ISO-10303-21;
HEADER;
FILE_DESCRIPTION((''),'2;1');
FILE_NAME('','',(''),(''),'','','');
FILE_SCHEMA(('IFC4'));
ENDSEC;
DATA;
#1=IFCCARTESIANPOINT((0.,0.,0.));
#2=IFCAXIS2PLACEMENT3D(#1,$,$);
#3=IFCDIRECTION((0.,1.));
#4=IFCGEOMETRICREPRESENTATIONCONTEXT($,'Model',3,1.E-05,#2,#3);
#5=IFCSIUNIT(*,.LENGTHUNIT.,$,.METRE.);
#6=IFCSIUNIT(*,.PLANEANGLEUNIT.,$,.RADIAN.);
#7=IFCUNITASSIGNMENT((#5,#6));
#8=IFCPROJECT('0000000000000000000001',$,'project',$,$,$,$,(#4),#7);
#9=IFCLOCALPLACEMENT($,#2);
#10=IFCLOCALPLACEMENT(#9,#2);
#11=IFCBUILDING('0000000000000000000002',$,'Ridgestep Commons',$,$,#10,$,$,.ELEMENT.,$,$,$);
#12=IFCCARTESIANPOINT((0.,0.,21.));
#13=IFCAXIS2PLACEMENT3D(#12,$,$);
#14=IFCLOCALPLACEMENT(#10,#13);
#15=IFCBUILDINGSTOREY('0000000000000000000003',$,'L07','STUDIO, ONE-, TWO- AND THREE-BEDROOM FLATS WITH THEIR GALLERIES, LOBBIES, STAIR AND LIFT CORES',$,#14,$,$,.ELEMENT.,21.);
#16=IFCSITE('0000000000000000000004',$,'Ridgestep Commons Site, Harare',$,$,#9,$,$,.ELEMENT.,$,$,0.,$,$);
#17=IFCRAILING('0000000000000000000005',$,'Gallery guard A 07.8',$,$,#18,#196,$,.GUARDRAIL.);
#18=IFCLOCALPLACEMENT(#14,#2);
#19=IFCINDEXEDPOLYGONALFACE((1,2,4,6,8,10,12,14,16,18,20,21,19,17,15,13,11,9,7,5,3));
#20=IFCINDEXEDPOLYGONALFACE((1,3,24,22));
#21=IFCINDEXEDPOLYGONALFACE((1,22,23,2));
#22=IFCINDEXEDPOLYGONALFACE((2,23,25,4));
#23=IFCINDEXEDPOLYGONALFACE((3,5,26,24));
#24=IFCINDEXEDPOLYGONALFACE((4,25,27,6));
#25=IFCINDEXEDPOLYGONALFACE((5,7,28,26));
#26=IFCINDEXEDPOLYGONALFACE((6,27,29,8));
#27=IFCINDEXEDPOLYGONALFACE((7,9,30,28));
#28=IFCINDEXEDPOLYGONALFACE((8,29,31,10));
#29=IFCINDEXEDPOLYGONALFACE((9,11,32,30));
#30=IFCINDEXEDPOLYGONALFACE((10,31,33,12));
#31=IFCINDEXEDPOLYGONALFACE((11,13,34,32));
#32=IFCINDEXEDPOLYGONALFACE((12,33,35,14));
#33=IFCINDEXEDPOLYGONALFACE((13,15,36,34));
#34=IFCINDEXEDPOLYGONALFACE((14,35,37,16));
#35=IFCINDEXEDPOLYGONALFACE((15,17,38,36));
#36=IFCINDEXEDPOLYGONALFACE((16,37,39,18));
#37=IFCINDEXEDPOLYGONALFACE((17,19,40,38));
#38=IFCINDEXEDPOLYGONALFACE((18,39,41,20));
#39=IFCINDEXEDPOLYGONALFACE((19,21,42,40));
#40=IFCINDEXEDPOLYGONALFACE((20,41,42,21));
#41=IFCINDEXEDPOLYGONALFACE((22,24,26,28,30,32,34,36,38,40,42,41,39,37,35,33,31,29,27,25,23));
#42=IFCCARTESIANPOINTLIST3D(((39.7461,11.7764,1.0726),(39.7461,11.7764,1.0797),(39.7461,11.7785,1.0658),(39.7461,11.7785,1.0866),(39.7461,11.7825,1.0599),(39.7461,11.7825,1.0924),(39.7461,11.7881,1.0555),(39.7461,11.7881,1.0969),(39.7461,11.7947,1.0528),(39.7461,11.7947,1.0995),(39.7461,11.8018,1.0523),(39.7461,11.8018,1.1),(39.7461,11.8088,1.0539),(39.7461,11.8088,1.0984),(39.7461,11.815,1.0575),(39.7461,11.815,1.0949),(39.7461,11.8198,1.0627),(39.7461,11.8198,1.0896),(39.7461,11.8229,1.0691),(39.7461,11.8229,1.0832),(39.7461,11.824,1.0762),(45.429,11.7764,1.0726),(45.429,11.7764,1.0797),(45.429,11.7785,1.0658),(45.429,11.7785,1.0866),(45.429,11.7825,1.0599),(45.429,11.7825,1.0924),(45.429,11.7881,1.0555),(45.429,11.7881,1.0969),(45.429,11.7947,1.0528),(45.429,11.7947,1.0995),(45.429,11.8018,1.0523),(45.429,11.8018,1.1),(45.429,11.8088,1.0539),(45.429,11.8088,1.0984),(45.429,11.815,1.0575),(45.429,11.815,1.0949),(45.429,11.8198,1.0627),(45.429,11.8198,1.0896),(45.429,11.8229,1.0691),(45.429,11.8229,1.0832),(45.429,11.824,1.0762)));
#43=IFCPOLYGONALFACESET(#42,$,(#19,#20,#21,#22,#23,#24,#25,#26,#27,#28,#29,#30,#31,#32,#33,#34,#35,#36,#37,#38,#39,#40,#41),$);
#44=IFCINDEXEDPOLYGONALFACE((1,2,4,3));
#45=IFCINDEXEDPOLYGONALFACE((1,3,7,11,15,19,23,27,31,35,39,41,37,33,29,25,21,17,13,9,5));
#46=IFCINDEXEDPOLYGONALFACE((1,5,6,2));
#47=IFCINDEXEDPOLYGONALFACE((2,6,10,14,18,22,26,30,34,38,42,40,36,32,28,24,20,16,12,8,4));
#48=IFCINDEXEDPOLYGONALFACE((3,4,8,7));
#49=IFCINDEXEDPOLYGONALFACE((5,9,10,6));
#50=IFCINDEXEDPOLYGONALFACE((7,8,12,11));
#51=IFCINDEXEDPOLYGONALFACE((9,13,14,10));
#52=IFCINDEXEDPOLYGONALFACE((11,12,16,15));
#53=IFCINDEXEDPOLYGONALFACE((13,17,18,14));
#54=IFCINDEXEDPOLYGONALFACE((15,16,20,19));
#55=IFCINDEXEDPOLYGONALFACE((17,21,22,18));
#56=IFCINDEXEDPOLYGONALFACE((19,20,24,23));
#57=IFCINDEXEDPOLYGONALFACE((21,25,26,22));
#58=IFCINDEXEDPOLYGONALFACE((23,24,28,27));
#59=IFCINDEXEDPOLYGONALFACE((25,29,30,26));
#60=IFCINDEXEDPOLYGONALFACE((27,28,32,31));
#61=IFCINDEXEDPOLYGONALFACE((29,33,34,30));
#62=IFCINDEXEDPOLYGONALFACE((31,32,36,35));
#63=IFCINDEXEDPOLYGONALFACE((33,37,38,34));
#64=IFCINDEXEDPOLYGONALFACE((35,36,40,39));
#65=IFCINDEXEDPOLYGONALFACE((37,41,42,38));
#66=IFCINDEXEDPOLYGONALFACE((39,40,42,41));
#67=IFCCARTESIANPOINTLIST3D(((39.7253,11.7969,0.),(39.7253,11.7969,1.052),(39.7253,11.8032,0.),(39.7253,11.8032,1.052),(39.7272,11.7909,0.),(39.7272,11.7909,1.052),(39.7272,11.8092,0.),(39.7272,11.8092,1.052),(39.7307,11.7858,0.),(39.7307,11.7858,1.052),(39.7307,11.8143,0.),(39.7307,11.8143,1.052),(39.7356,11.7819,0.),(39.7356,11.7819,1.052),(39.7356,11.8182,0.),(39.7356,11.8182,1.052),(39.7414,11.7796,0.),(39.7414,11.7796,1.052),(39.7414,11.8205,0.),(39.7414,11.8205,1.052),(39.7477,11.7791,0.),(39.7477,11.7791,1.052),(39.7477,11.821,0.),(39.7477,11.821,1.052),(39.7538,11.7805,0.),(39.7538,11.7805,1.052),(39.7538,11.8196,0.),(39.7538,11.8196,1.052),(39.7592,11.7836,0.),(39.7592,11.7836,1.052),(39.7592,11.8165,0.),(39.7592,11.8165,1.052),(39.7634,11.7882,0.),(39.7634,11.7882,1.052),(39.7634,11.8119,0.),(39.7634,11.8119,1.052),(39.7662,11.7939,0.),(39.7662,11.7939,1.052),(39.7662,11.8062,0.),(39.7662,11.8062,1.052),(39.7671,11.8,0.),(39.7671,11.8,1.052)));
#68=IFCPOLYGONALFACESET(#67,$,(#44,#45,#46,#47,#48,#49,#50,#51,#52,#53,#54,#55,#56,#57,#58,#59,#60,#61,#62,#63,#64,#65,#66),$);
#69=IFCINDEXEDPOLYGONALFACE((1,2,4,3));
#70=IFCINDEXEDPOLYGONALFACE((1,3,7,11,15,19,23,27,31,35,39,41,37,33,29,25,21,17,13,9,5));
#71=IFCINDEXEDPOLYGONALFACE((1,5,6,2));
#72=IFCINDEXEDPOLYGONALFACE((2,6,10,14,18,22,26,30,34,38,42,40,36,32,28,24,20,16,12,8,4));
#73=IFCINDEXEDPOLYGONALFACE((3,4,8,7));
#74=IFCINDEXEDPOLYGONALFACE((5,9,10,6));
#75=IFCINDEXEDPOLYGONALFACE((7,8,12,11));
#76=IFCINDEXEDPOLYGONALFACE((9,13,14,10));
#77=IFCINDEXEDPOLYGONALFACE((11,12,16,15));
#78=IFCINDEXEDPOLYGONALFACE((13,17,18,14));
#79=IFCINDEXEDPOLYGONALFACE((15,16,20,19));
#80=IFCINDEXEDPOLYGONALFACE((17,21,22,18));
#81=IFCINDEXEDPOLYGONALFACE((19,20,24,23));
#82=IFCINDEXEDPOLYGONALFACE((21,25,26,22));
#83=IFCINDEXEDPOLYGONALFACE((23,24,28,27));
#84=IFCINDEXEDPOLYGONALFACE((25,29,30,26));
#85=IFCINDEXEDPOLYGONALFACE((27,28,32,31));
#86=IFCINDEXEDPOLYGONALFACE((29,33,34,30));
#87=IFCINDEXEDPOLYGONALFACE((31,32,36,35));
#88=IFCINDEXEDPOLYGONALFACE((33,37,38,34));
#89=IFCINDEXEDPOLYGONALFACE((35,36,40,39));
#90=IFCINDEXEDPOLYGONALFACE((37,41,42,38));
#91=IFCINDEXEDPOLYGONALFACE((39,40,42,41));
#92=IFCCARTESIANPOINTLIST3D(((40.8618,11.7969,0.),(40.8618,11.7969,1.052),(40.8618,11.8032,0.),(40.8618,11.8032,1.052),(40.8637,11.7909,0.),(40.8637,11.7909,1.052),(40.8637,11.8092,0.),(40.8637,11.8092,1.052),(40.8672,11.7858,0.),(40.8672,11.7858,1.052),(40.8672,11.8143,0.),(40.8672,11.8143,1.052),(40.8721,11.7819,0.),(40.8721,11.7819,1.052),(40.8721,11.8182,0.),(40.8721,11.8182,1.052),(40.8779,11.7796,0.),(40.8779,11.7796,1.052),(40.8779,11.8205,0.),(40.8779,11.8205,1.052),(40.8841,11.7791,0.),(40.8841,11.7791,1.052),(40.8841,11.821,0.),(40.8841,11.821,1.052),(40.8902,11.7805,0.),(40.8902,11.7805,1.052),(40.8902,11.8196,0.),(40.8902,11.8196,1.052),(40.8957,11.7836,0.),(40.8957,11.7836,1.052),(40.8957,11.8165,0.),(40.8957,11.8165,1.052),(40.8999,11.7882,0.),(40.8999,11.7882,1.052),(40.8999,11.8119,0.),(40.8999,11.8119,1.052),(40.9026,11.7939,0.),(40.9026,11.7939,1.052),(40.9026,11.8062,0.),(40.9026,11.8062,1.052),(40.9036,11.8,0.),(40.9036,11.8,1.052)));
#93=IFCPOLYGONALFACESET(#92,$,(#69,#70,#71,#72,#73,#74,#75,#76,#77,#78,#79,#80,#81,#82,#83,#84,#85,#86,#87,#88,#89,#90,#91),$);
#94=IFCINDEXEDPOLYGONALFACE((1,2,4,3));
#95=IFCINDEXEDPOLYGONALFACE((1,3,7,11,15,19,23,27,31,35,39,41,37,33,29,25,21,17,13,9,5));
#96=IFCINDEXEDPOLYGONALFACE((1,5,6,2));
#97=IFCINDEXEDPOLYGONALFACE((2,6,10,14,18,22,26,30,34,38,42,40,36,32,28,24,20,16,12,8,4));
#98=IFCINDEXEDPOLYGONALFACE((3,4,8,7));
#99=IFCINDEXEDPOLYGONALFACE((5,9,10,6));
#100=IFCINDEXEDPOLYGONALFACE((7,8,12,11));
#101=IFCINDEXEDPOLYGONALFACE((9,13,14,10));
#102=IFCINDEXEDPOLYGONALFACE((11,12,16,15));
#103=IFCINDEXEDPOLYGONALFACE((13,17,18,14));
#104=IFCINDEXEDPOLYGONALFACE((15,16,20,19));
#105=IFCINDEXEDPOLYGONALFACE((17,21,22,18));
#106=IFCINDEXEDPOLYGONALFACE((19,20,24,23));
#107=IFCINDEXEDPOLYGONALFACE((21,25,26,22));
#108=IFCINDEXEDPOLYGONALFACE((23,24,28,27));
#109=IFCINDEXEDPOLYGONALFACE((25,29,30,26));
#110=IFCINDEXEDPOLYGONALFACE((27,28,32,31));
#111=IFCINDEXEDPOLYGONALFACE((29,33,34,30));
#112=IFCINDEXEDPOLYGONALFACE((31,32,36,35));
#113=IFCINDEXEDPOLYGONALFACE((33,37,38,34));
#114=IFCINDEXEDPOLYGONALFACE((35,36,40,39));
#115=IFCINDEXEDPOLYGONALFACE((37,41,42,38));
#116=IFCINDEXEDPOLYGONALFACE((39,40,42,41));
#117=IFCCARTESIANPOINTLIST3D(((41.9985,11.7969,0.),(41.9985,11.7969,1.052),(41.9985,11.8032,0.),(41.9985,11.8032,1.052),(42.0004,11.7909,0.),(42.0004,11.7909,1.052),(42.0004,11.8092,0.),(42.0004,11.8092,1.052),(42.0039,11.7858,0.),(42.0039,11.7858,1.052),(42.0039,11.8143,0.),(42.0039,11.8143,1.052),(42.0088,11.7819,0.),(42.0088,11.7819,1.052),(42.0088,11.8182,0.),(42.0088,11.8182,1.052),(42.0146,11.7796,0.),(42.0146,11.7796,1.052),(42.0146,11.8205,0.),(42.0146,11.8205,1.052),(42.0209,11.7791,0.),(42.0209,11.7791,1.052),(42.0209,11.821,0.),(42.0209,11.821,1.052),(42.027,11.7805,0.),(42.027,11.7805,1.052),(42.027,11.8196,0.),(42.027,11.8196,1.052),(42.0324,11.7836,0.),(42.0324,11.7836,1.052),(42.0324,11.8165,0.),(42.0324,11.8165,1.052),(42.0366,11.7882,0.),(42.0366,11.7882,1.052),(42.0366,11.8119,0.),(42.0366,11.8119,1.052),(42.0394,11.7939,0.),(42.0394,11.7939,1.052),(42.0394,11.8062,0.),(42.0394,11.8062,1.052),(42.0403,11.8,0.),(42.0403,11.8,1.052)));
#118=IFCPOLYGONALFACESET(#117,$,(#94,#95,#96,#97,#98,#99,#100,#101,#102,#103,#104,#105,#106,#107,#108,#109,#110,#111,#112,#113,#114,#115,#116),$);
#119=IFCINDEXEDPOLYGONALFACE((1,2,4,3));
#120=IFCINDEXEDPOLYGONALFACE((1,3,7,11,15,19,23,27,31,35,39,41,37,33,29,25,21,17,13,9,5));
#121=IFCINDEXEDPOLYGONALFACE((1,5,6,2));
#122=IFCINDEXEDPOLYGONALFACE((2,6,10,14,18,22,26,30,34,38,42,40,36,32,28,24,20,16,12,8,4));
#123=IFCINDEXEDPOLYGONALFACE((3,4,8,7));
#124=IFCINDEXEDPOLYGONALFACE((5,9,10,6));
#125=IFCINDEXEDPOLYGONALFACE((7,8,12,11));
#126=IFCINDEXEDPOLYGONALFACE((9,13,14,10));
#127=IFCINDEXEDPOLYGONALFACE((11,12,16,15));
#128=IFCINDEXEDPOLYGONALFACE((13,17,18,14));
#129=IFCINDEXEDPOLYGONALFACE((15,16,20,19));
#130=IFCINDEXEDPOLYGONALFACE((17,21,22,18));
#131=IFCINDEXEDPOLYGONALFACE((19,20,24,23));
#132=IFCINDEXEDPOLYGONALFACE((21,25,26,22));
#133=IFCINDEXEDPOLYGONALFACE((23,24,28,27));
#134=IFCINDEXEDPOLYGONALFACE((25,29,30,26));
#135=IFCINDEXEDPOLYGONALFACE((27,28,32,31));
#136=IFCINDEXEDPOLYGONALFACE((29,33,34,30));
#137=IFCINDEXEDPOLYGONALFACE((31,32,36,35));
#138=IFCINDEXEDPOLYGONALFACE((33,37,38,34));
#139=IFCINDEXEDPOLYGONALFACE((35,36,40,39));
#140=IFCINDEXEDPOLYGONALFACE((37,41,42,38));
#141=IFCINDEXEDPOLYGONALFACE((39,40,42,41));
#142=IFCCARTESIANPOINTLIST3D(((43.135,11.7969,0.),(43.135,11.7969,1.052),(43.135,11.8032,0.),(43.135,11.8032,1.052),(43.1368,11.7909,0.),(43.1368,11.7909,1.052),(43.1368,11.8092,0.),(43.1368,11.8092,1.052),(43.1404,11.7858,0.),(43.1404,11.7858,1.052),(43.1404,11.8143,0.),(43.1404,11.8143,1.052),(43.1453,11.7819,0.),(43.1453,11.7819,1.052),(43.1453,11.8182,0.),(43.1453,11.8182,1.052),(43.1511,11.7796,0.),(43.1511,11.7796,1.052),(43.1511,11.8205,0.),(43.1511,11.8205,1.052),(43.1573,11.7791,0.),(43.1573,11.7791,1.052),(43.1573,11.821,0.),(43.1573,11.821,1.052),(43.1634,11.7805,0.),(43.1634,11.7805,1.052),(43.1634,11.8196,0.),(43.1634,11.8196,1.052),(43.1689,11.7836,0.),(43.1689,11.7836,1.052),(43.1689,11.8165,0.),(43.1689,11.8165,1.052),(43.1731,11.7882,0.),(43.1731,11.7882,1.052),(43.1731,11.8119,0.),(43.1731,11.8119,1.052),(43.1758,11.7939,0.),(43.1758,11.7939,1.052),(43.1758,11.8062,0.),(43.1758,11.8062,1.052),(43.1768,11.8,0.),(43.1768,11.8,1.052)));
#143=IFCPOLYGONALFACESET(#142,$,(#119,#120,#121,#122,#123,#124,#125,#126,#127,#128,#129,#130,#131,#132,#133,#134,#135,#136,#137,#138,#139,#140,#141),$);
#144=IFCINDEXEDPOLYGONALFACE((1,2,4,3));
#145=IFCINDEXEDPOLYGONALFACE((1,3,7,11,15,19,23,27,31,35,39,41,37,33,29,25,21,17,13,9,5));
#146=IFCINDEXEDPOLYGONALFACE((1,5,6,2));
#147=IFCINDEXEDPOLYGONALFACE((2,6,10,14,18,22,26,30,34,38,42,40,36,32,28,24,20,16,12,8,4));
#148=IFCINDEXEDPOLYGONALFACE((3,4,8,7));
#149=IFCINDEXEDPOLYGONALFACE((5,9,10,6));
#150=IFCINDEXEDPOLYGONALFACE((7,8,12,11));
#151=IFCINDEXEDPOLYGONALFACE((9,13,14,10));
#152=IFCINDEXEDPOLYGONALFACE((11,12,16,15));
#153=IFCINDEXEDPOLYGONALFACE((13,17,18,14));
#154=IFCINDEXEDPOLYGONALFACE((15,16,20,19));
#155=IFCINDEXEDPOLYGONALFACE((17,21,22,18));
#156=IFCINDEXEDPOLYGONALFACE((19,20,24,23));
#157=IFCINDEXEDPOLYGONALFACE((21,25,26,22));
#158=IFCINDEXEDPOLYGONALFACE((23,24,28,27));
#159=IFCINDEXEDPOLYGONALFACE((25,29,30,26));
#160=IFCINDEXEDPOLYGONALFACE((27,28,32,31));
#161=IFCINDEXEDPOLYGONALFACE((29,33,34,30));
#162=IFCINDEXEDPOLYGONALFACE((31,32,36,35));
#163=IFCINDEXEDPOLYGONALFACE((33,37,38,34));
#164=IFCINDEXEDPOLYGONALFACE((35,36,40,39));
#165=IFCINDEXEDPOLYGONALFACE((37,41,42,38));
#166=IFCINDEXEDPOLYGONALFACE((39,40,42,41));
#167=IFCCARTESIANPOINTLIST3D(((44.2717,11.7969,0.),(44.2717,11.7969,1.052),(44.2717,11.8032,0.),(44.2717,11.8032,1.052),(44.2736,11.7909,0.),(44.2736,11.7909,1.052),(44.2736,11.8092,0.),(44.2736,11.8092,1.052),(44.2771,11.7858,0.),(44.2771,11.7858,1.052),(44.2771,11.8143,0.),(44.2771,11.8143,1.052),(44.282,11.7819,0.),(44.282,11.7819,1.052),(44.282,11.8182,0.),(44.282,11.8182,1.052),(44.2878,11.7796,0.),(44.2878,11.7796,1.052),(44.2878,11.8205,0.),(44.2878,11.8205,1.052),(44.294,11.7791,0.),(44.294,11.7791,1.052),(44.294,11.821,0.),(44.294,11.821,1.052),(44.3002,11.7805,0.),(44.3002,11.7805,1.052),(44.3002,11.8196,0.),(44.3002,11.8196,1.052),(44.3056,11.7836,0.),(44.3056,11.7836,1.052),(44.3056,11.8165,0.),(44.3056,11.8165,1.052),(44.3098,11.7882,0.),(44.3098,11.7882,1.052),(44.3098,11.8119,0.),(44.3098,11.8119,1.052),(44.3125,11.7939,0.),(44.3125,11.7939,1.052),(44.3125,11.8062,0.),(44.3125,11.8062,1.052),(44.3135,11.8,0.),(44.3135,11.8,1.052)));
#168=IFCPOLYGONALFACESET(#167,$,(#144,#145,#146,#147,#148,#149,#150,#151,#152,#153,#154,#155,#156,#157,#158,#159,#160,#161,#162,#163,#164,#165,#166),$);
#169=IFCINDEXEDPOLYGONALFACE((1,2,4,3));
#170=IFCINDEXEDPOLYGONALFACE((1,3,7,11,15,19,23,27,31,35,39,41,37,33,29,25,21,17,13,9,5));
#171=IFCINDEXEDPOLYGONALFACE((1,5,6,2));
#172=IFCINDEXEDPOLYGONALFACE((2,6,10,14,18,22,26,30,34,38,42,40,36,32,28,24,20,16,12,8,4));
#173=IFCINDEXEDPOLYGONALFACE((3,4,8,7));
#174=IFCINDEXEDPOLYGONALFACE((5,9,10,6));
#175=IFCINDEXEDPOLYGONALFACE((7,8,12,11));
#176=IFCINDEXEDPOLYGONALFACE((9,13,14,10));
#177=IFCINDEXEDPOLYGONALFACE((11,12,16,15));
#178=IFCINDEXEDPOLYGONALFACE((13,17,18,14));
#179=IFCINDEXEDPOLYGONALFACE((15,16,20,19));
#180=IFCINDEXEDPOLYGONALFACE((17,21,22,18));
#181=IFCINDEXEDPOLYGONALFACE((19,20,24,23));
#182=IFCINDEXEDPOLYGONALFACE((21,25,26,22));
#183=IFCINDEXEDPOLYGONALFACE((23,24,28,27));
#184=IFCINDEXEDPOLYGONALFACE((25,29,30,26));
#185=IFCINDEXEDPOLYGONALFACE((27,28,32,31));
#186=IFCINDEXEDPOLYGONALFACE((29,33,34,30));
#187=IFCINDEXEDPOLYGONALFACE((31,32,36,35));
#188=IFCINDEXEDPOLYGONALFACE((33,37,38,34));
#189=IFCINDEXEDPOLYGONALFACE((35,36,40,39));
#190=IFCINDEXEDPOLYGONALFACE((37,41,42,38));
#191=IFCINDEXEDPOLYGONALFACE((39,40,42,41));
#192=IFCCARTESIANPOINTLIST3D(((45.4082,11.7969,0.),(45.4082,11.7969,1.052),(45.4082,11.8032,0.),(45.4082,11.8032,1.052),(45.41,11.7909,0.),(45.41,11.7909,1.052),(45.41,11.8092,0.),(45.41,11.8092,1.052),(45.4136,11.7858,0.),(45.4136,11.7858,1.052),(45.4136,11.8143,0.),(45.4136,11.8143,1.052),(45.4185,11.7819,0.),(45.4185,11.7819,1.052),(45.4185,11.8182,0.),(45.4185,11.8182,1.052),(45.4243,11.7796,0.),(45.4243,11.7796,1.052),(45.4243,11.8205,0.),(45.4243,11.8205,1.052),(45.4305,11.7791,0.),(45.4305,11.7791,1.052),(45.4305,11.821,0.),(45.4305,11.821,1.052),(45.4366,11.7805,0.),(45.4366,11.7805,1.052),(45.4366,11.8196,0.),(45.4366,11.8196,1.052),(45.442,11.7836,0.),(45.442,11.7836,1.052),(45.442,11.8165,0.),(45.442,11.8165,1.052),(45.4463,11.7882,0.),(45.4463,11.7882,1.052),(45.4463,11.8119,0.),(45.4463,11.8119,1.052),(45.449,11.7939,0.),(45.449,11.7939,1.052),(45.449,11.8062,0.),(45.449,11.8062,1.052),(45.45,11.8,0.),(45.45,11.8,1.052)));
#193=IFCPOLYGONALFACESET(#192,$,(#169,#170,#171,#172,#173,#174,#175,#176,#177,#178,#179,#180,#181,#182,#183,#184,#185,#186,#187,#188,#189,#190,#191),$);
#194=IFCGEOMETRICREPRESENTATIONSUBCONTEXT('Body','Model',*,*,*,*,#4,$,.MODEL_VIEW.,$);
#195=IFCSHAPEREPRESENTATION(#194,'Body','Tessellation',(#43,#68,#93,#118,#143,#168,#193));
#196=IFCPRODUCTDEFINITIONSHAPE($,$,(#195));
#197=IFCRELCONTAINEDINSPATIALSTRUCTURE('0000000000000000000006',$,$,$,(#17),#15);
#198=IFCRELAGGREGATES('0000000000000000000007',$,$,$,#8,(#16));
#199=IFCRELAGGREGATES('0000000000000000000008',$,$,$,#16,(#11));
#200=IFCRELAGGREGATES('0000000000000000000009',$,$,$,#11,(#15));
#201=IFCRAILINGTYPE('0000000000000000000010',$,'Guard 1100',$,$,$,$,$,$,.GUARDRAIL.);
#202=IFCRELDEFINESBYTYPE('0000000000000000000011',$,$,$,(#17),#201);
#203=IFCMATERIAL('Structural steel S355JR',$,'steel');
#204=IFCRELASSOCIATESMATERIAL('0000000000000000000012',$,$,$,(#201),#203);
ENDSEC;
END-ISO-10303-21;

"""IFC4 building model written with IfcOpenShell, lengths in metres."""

from ifc_helpers import new_model, si_unit, direction, frame, origin, origin_2d, place, context, subcontext, project, spatial, circle, extrude, material, type_object, element, save


model = new_model("IFC4")

# Units and contexts
model_context = context("Model", 3, precision=1e-05, world=origin(), true_north=direction((0.0, 1.0)))
body_context = subcontext(model_context, "Body", "Model", "MODEL_VIEW")
ifc_project = project(units=[si_unit("LENGTHUNIT", "METRE"), si_unit("PLANEANGLEUNIT", "RADIAN")], contexts=[model_context])

# Site, building, storey
site_placement = place(None, origin())
site = spatial("IfcSite", under=ifc_project, at=site_placement, Name="Ridgestep Commons Site, Harare", CompositionType="ELEMENT", RefElevation=0.0)
building_placement = place(site_placement, origin())
building = spatial("IfcBuilding", under=site, at=building_placement, Name="Ridgestep Commons", CompositionType="ELEMENT")
storey_placement = place(building_placement, frame((0.0, 0.0, 21.0)))
storey = spatial("IfcBuildingStorey", under=building, at=storey_placement, Name="L07", Description="STUDIO, ONE-, TWO- AND THREE-BEDROOM FLATS WITH THEIR GALLERIES, LOBBIES, STAIR AND LIFT CORES", CompositionType="ELEMENT", Elevation=21.0)

# Railing
ifc_material_1 = material(Name="Structural steel S355JR", Category="steel")
railing_type_1 = type_object("IfcRailingType", Name="Guard 1100", PredefinedType="GUARDRAIL", material=ifc_material_1)
railing_1_placement = place(storey_placement, frame((39.7461, 11.8, 0.0)))
element("IfcRailing", 1, at=railing_1_placement, inside=storey, type_object=railing_type_1, Name="Gallery guard A 07.8", PredefinedType="GUARDRAIL", context=body_context, shape_type="SweptSolid", body=[
    extrude(circle(Radius=0.0239, at=origin_2d()), frame((0.0, 0.0, 1.0762), z_axis=(1.0, 0.0, 0.0), x_axis=(0.0, 1.0, 0.0)), (0.0, 0.0, 1.0), 5.6829),
    extrude(circle(Radius=0.021, at=origin_2d()), origin(), (0.0, 0.0, 1.0), 1.052),
    extrude(circle(Radius=0.021, at=origin_2d()), frame((1.1365, 0.0, 0.0)), (0.0, 0.0, 1.0), 1.052),
    extrude(circle(Radius=0.021, at=origin_2d()), frame((2.2732, 0.0, 0.0)), (0.0, 0.0, 1.0), 1.052),
    extrude(circle(Radius=0.021, at=origin_2d()), frame((3.4097, 0.0, 0.0)), (0.0, 0.0, 1.0), 1.052),
    extrude(circle(Radius=0.021, at=origin_2d()), frame((4.5464, 0.0, 0.0)), (0.0, 0.0, 1.0), 1.052),
    extrude(circle(Radius=0.021, at=origin_2d()), frame((5.6829, 0.0, 0.0)), (0.0, 0.0, 1.0), 1.052),
])

save(model, "model.ifc")
